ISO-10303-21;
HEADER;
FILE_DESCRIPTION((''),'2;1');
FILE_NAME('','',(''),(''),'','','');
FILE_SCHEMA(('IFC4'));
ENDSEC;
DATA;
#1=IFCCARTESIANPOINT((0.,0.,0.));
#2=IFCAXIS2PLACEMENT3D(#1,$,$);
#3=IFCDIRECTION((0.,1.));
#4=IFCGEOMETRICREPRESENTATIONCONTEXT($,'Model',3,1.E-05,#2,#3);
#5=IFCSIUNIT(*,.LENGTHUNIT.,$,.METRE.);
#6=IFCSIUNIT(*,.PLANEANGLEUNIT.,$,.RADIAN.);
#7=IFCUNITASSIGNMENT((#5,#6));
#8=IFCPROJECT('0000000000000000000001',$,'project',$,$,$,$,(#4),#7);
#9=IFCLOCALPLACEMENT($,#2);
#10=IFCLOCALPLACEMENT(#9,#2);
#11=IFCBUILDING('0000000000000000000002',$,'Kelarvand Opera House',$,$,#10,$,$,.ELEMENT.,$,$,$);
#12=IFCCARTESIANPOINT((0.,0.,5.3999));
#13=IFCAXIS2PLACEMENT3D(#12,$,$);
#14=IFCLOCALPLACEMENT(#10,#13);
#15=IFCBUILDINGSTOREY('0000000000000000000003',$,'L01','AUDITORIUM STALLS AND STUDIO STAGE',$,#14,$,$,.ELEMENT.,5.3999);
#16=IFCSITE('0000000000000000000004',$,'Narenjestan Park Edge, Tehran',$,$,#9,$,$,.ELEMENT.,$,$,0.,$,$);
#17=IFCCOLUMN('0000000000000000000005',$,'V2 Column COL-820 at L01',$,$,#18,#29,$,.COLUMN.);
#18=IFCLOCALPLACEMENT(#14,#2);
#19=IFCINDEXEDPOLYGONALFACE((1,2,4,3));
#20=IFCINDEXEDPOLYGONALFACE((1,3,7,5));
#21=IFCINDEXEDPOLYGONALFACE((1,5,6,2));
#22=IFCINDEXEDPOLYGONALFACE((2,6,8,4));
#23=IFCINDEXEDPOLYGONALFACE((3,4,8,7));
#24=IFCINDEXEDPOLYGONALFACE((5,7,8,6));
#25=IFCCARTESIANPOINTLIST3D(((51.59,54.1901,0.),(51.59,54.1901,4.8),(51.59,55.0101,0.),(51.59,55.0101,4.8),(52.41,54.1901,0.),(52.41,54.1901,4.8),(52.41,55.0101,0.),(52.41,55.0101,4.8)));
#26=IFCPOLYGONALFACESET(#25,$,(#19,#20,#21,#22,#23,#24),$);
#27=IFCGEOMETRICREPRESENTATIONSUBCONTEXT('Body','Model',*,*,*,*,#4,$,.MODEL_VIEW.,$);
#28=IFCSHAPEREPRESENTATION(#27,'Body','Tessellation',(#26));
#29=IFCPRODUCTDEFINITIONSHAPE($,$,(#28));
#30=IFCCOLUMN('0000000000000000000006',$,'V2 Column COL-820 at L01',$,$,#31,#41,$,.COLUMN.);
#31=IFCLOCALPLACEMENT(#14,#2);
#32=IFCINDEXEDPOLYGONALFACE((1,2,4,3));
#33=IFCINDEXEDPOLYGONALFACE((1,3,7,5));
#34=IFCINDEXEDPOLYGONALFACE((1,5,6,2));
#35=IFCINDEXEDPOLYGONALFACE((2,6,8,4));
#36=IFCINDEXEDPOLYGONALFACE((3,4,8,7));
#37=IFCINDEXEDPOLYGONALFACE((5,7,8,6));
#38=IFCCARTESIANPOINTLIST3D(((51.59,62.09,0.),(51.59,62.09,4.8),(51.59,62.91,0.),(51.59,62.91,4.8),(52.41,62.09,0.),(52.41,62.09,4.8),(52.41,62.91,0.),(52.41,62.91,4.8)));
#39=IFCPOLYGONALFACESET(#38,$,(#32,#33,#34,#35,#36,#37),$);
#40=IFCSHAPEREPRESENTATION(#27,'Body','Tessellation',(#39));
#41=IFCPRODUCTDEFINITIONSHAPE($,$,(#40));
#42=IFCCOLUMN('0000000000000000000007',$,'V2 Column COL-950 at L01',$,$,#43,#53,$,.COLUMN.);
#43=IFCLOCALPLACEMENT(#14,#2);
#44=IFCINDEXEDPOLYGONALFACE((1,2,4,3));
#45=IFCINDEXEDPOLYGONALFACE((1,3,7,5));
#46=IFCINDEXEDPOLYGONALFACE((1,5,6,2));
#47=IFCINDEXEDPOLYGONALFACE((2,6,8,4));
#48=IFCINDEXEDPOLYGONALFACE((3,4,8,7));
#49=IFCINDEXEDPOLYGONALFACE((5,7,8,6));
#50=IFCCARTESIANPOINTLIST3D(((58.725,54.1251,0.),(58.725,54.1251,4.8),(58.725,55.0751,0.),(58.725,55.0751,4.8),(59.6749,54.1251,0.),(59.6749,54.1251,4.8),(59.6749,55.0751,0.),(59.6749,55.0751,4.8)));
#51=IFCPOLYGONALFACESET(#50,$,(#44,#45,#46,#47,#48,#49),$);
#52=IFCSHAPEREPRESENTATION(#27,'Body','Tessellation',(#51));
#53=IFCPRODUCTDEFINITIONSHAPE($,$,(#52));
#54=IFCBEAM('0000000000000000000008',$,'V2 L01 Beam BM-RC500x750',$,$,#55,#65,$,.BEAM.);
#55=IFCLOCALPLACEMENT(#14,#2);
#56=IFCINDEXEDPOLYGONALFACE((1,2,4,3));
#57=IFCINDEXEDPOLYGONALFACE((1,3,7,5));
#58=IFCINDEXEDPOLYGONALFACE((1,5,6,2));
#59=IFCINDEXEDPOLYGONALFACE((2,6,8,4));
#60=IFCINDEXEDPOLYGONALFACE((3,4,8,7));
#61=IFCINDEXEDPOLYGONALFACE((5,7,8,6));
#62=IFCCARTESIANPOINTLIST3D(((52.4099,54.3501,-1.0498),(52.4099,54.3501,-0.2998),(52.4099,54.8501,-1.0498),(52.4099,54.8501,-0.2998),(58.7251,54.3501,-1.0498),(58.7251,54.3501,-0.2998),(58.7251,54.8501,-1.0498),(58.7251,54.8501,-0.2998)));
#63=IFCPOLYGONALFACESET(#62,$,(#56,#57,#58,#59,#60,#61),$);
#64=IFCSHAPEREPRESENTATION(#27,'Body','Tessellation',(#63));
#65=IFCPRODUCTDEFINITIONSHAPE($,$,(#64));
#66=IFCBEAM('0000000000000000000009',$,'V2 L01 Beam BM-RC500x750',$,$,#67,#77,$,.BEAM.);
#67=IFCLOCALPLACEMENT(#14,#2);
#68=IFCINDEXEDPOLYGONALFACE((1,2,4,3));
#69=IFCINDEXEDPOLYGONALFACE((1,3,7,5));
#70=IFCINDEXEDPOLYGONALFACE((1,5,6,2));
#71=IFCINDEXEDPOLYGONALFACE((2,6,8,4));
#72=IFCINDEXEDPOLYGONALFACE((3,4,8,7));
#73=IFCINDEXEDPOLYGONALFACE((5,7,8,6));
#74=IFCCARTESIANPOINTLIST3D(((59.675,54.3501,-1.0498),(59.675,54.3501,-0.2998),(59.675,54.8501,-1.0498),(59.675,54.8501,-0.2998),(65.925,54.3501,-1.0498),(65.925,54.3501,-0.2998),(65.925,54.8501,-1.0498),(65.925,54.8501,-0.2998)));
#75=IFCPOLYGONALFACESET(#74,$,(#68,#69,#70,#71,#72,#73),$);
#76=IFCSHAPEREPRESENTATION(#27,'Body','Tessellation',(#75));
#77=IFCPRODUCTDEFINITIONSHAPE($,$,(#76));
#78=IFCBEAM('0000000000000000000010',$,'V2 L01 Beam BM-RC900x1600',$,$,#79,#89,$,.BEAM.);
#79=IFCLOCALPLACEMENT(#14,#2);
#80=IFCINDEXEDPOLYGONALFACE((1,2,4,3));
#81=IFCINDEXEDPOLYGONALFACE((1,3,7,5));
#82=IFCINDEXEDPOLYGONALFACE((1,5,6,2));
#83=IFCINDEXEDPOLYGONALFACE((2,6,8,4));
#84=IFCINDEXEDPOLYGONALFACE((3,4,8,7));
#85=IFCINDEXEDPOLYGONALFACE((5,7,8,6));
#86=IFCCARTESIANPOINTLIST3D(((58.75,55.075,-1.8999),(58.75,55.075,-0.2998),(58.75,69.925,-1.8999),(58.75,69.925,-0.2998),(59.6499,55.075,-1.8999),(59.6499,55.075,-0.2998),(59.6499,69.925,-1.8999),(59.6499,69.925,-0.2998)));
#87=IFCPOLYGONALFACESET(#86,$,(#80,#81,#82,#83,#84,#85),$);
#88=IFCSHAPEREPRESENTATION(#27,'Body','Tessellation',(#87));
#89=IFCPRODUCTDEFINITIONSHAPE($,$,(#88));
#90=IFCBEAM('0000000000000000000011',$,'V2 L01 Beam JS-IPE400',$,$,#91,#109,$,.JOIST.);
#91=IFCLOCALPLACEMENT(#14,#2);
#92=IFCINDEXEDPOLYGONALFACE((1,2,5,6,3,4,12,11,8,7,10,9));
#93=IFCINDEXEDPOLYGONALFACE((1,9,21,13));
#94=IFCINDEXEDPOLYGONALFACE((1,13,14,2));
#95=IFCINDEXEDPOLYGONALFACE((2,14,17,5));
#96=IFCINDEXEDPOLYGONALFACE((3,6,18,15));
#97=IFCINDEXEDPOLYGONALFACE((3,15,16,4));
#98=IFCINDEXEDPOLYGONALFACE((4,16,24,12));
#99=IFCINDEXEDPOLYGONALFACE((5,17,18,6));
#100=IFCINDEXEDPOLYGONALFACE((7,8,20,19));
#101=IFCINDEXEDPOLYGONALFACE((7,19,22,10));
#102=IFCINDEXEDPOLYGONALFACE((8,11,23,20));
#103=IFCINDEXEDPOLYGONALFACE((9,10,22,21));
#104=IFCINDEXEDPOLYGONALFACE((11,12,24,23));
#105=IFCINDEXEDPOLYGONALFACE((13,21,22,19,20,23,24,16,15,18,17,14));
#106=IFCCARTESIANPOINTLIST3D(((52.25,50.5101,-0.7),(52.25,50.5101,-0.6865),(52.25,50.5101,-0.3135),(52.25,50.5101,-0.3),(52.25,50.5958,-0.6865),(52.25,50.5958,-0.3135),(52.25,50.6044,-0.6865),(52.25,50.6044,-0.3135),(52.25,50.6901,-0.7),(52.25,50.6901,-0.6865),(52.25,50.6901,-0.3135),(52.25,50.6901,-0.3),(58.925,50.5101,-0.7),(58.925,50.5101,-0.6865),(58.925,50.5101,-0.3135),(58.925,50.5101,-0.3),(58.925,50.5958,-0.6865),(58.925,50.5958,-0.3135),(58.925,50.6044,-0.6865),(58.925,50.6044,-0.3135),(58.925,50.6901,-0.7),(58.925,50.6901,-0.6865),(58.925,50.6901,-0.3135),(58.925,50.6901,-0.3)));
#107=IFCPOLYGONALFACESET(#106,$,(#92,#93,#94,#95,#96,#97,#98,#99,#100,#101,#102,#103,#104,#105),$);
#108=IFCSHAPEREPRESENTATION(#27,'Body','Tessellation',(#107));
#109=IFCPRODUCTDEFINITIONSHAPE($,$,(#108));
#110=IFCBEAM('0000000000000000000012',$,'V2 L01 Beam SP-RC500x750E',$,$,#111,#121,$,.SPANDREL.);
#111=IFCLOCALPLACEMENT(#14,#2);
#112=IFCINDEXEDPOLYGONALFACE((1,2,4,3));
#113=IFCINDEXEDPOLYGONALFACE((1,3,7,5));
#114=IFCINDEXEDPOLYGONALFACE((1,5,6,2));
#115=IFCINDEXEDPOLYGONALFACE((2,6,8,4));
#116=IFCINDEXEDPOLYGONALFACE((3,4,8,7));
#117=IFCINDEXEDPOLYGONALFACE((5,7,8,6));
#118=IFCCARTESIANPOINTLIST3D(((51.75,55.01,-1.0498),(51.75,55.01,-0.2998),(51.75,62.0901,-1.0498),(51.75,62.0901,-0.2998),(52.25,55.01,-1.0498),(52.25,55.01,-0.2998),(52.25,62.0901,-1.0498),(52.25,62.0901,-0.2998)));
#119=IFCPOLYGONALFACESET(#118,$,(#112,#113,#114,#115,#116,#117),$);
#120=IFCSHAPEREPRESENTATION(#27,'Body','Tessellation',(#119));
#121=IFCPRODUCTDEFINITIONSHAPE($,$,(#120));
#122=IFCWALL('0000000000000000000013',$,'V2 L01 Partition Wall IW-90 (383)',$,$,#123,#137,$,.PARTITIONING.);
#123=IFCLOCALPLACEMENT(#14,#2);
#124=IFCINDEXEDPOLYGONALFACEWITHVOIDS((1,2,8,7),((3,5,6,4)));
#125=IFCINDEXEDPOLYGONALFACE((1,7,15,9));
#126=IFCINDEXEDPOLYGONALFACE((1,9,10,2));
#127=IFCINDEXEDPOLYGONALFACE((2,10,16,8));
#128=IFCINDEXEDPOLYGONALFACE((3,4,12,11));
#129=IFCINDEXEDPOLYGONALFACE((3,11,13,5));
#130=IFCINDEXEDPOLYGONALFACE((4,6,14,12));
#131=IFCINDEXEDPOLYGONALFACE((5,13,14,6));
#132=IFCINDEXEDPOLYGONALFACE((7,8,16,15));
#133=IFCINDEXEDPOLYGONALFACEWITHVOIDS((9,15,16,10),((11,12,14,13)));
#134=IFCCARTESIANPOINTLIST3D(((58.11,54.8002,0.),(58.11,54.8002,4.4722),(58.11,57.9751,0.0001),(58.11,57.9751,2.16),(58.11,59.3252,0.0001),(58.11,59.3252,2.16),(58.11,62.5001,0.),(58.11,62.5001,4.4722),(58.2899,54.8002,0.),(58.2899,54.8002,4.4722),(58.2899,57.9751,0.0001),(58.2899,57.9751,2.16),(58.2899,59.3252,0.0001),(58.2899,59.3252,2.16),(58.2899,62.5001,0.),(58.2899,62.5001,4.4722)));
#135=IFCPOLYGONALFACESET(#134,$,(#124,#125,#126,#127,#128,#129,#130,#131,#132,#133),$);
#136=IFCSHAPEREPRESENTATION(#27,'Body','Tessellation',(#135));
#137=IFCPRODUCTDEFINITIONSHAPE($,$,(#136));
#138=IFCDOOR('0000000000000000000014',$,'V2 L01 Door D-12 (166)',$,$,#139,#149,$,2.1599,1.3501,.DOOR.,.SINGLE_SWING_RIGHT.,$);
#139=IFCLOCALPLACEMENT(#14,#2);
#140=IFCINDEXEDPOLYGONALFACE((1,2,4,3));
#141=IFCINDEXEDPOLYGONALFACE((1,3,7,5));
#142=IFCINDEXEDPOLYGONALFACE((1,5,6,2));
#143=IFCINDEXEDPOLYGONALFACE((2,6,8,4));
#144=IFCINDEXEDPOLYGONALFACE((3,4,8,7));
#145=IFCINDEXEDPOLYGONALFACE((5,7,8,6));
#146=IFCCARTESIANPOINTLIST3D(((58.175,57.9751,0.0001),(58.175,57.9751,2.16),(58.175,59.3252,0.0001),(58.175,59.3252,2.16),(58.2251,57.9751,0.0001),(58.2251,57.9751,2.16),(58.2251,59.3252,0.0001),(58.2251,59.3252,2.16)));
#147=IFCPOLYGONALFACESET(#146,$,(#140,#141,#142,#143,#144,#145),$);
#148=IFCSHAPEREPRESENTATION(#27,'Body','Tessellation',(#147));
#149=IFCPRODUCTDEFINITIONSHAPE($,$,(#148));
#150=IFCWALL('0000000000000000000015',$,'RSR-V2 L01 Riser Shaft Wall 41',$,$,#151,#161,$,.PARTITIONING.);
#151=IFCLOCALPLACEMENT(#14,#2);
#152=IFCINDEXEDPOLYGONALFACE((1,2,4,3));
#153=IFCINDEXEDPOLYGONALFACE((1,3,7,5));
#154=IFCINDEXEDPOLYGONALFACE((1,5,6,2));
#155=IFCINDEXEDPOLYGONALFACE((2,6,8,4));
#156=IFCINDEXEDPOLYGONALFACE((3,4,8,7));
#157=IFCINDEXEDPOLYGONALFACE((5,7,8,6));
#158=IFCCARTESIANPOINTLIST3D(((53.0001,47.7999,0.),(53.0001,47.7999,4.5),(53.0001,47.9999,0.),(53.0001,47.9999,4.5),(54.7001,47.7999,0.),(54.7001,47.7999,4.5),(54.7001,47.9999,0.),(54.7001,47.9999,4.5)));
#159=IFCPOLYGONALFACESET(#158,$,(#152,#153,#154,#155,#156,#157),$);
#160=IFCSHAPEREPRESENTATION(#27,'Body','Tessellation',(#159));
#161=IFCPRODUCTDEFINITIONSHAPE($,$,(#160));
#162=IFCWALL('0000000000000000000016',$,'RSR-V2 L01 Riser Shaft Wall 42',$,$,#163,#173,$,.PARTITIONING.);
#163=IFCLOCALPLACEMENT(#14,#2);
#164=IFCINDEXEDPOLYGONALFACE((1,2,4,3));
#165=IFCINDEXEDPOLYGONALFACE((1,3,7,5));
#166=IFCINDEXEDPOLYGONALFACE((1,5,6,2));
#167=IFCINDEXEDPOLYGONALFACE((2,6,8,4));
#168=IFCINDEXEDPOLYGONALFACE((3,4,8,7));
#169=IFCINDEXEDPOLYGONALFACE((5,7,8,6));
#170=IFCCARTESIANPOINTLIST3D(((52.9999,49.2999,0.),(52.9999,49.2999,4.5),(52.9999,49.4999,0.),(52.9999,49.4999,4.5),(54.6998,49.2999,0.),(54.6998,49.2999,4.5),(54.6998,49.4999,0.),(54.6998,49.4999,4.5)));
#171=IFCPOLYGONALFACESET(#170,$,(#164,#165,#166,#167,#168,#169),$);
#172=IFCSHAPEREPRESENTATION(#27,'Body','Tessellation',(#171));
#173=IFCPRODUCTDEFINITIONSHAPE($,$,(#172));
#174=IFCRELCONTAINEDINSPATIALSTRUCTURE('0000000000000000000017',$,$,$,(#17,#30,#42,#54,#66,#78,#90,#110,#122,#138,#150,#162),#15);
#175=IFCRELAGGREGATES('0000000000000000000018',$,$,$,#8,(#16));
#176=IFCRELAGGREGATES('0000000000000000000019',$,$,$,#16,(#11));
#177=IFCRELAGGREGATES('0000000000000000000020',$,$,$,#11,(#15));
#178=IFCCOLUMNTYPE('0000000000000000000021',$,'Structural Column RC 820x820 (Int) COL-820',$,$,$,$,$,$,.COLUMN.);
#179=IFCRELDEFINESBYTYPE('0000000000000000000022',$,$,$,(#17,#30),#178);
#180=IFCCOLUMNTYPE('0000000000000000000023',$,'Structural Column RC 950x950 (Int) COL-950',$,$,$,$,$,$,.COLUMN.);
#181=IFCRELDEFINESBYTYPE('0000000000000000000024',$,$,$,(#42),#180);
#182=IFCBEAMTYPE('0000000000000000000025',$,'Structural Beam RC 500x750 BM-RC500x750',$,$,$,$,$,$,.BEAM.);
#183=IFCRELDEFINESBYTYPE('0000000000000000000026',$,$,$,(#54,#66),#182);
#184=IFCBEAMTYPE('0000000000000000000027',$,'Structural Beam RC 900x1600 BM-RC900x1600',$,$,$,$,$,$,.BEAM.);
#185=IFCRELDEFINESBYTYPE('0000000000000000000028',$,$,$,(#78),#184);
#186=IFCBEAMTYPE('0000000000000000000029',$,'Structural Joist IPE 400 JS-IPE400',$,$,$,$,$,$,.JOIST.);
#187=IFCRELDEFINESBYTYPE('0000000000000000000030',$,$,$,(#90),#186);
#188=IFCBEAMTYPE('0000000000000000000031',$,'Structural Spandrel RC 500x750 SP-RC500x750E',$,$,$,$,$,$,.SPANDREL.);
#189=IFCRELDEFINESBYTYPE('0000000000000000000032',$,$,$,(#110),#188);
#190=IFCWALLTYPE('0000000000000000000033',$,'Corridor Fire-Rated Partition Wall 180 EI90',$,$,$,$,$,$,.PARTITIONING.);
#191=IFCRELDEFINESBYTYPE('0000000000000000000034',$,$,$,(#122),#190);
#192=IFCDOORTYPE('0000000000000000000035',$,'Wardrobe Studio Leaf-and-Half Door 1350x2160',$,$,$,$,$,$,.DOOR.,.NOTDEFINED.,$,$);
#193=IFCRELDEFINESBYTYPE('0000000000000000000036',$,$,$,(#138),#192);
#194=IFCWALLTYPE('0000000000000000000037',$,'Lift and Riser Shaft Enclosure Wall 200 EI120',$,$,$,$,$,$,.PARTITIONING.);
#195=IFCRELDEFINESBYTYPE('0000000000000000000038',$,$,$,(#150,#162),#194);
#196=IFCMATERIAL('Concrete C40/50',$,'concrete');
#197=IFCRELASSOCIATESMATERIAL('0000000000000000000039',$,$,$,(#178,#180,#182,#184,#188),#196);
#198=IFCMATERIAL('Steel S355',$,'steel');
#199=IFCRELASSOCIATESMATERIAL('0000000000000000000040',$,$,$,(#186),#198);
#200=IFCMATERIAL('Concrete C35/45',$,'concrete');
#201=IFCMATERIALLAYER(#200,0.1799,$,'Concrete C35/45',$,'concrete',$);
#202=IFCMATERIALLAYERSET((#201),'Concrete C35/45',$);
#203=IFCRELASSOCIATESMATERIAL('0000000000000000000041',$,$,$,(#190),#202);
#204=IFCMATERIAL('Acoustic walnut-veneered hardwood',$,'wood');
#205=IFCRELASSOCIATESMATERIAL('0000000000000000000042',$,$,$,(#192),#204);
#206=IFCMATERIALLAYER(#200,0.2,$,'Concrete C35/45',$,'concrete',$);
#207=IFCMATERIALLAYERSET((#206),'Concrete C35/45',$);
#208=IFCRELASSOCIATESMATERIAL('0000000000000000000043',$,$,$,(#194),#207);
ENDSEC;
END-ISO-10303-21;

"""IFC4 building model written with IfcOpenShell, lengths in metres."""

from ifc_helpers import new_model, si_unit, direction, frame, frame_2d, origin, origin_2d, place, context, subcontext, project, spatial, rectangle, i_section, extrude, material, layer, layer_set, material_profile, profile_set, type_object, element, fill, save


model = new_model("IFC4")

# Units and contexts
model_context = context("Model", 3, precision=1e-05, world=origin(), true_north=direction((0.0, 1.0)))
body_context = subcontext(model_context, "Body", "Model", "MODEL_VIEW")
ifc_project = project(units=[si_unit("LENGTHUNIT", "METRE"), si_unit("PLANEANGLEUNIT", "RADIAN")], contexts=[model_context])

# Site, building, storey
site_placement = place(None, origin())
site = spatial("IfcSite", under=ifc_project, at=site_placement, Name="Narenjestan Park Edge, Tehran", CompositionType="ELEMENT", RefElevation=0.0)
building_placement = place(site_placement, origin())
building = spatial("IfcBuilding", under=site, at=building_placement, Name="Kelarvand Opera House", CompositionType="ELEMENT")
storey_placement = place(building_placement, frame((0.0, 0.0, 5.3999)))
storey = spatial("IfcBuildingStorey", under=building, at=storey_placement, Name="L01", Description="AUDITORIUM STALLS AND STUDIO STAGE", CompositionType="ELEMENT", Elevation=5.3999)

# Columns
ifc_material_1 = material(Name="Concrete C40/50", Category="concrete")
ifc_material_profile_1 = material_profile(ifc_material_1, rectangle(XDim=0.8201, YDim=0.8201, at=origin_2d()), Name="RC 820x820", Category="concrete")
ifc_profile_set_1 = profile_set([ifc_material_profile_1], Name="Concrete C40/50")
column_type_1 = type_object("IfcColumnType", Name="Structural Column RC 820x820 (Int) COL-820", PredefinedType="COLUMN", material=ifc_profile_set_1)
for number, where, z_axis, x_axis, name in (
    (1, (52.0, 54.6001, 0.0), (0.0, 0.0, 1.0), (1.0, 0.0, 0.0), "V2 Column COL-820 at L01"),
    (2, (52.0, 62.5, 0.0), (0.0, 0.0, 1.0), (1.0, 0.0, 0.0), "V2 Column COL-820 at L01"),
):
    element("IfcColumn", number, at=place(storey_placement, frame(where, z_axis=z_axis, x_axis=x_axis)), inside=storey, type_object=column_type_1, Name=name, PredefinedType="COLUMN", context=body_context, shape_type="SweptSolid", body=[
        extrude(rectangle(XDim=0.8201, YDim=0.8201, at=origin_2d()), origin(), (0.0, 0.0, 1.0), 4.8),
    ])
ifc_material_profile_2 = material_profile(ifc_material_1, rectangle(XDim=0.95, YDim=0.95, at=origin_2d()), Name="RC 950x950", Category="concrete")
ifc_profile_set_2 = profile_set([ifc_material_profile_2], Name="Concrete C40/50")
column_type_2 = type_object("IfcColumnType", Name="Structural Column RC 950x950 (Int) COL-950", PredefinedType="COLUMN", material=ifc_profile_set_2)
column_placement = place(storey_placement, frame((59.2, 54.6001, 0.0), z_axis=(0.0, 0.0, 1.0), x_axis=(1.0, 0.0, 0.0)))
element("IfcColumn", 3, at=column_placement, inside=storey, type_object=column_type_2, Name="V2 Column COL-950 at L01", PredefinedType="COLUMN", context=body_context, shape_type="SweptSolid", body=[
    extrude(rectangle(XDim=0.95, YDim=0.95, at=origin_2d()), origin(), (0.0, 0.0, 1.0), 4.8),
])

# Beams
ifc_material_profile_3 = material_profile(ifc_material_1, rectangle(XDim=0.5, YDim=0.75, at=origin_2d()), Name="RC 500x750", Category="concrete")
ifc_profile_set_3 = profile_set([ifc_material_profile_3], Name="Concrete C40/50")
beam_type_1 = type_object("IfcBeamType", Name="Structural Beam RC 500x750 BM-RC500x750", PredefinedType="BEAM", material=ifc_profile_set_3)
beam_1_placement = place(storey_placement, frame((52.4099, 54.6001, -0.6748), z_axis=(1.0, 0.0, 0.0), x_axis=(0.0, 1.0, 0.0)))
element("IfcBeam", 4, at=beam_1_placement, inside=storey, type_object=beam_type_1, Name="V2 L01 Beam BM-RC500x750", PredefinedType="BEAM", context=body_context, shape_type="SweptSolid", body=[
    extrude(rectangle(XDim=0.5, YDim=0.75, at=origin_2d()), origin(), (0.0, 0.0, 1.0), 6.3152),
])
beam_2_placement = place(storey_placement, frame((59.675, 54.6001, -0.6748), z_axis=(1.0, 0.0, 0.0), x_axis=(0.0, 1.0, 0.0)))
element("IfcBeam", 5, at=beam_2_placement, inside=storey, type_object=beam_type_1, Name="V2 L01 Beam BM-RC500x750", PredefinedType="BEAM", context=body_context, shape_type="SweptSolid", body=[
    extrude(rectangle(XDim=0.5, YDim=0.75, at=origin_2d()), origin(), (0.0, 0.0, 1.0), 6.25),
])
ifc_material_profile_4 = material_profile(ifc_material_1, rectangle(XDim=0.8999, YDim=1.6001, at=origin_2d()), Name="RC 900x1600", Category="concrete")
ifc_profile_set_4 = profile_set([ifc_material_profile_4], Name="Concrete C40/50")
beam_type_2 = type_object("IfcBeamType", Name="Structural Beam RC 900x1600 BM-RC900x1600", PredefinedType="BEAM", material=ifc_profile_set_4)
beam_3_placement = place(storey_placement, frame((59.2, 55.075, -1.0999), z_axis=(0.0, 1.0, 0.0), x_axis=(-1.0, 0.0, 0.0)))
element("IfcBeam", 6, at=beam_3_placement, inside=storey, type_object=beam_type_2, Name="V2 L01 Beam BM-RC900x1600", PredefinedType="BEAM", context=body_context, shape_type="SweptSolid", body=[
    extrude(rectangle(XDim=0.8999, YDim=1.6001, at=origin_2d()), origin(), (0.0, 0.0, 1.0), 14.8501),
])
ifc_material_2 = material(Name="Steel S355", Category="steel")
ifc_material_profile_5 = material_profile(ifc_material_2, i_section(OverallWidth=0.1799, OverallDepth=0.3999, WebThickness=0.0085, FlangeThickness=0.0134, at=origin_2d()), Name="IPE 400", Category="steel")
ifc_profile_set_5 = profile_set([ifc_material_profile_5], Name="Steel S355")
beam_type_3 = type_object("IfcBeamType", Name="Structural Joist IPE 400 JS-IPE400", PredefinedType="JOIST", material=ifc_profile_set_5)
beam_4_placement = place(storey_placement, frame((52.25, 50.6001, -0.5), z_axis=(1.0, 0.0, 0.0), x_axis=(0.0, 1.0, 0.0)))
element("IfcBeam", 7, at=beam_4_placement, inside=storey, type_object=beam_type_3, Name="V2 L01 Beam JS-IPE400", PredefinedType="JOIST", context=body_context, shape_type="SweptSolid", body=[
    extrude(i_section(OverallWidth=0.1799, OverallDepth=0.3999, WebThickness=0.0085, FlangeThickness=0.0134, at=origin_2d()), origin(), (0.0, 0.0, 1.0), 6.675),
])
ifc_material_profile_6 = material_profile(ifc_material_1, rectangle(XDim=0.5, YDim=0.75, at=origin_2d()), Name="RC 500x750", Category="concrete")
ifc_profile_set_6 = profile_set([ifc_material_profile_6], Name="Concrete C40/50")
beam_type_4 = type_object("IfcBeamType", Name="Structural Spandrel RC 500x750 SP-RC500x750E", PredefinedType="SPANDREL", material=ifc_profile_set_6)
beam_5_placement = place(storey_placement, frame((52.0, 55.01, -0.6748), z_axis=(0.0, 1.0, 0.0), x_axis=(-1.0, 0.0, 0.0)))
element("IfcBeam", 8, at=beam_5_placement, inside=storey, type_object=beam_type_4, Name="V2 L01 Beam SP-RC500x750E", PredefinedType="SPANDREL", context=body_context, shape_type="SweptSolid", body=[
    extrude(rectangle(XDim=0.5, YDim=0.75, at=origin_2d()), origin(), (0.0, 0.0, 1.0), 7.0801),
])

# Wall, opening, door
ifc_material_3 = material(Name="Concrete C35/45", Category="concrete")
ifc_layer_1 = layer(ifc_material_3, 0.1799, Name="Concrete C35/45", Category="concrete")
ifc_layer_set_1 = layer_set([ifc_layer_1], Name="Concrete C35/45")
wall_type_1 = type_object("IfcWallType", Name="Corridor Fire-Rated Partition Wall 180 EI90", PredefinedType="PARTITIONING", material=ifc_layer_set_1)
wall_1_placement = place(storey_placement, frame((58.2, 54.8, 0.0), z_axis=(0.0, 0.0, 1.0), x_axis=(0.0, 1.0, 0.0)))
wall_1 = element("IfcWall", 9, at=wall_1_placement, inside=storey, type_object=wall_type_1, Name="V2 L01 Partition Wall IW-90 (383)", PredefinedType="PARTITIONING", context=body_context, shape_type="SweptSolid", body=[
    extrude(rectangle(XDim=7.7, YDim=0.1799, at=frame_2d((3.8501, 0.0))), origin(), (0.0, 0.0, 1.0), 4.4722),
])
opening_1_placement = place(wall_1_placement, frame((3.175, 0.0, 0.0)))
opening_1 = element("IfcOpeningElement", 10, at=opening_1_placement, cuts=wall_1, PredefinedType="OPENING", context=body_context, shape_type="SweptSolid", body=[
    extrude(rectangle(XDim=1.3501, YDim=2.1599, at=frame_2d((0.675, 1.0801))), frame((0.0, 0.1001, 0.0), z_axis=(0.0, -1.0, 0.0), x_axis=(1.0, 0.0, 0.0)), (0.0, 0.0, 1.0), 0.2),
])
ifc_material_4 = material(Name="Acoustic walnut-veneered hardwood", Category="wood")
door_type = type_object("IfcDoorType", Name="Wardrobe Studio Leaf-and-Half Door 1350x2160", OperationType="NOTDEFINED", PredefinedType="DOOR", material=ifc_material_4)
door_placement = place(opening_1_placement, origin())
door = element("IfcDoor", 11, at=door_placement, inside=storey, type_object=door_type, Name="V2 L01 Door D-12 (166)", OperationType="SINGLE_SWING_RIGHT", OverallHeight=2.1599, OverallWidth=1.3501, PredefinedType="DOOR", context=body_context, shape_type="SweptSolid", body=[
    extrude(rectangle(XDim=1.3501, YDim=2.1599, at=frame_2d((0.675, 1.0801))), frame((0.0, 0.0249, 0.0), z_axis=(0.0, -1.0, 0.0), x_axis=(1.0, 0.0, 0.0)), (0.0, 0.0, 1.0), 0.05),
])
fill(opening_1, door)

# Walls
ifc_layer_2 = layer(ifc_material_3, 0.2, Name="Concrete C35/45", Category="concrete")
ifc_layer_set_2 = layer_set([ifc_layer_2], Name="Concrete C35/45")
wall_type_2 = type_object("IfcWallType", Name="Lift and Riser Shaft Enclosure Wall 200 EI120", PredefinedType="PARTITIONING", material=ifc_layer_set_2)
for number, where, z_axis, x_axis, name in (
    (12, (53.0, 47.8999, 0.0), (0.0, 0.0, 1.0), (1.0, 0.0, 0.0), "RSR-V2 L01 Riser Shaft Wall 41"),
    (13, (54.7, 49.3999, 0.0), (0.0, 0.0, 1.0), (-1.0, 0.0, 0.0), "RSR-V2 L01 Riser Shaft Wall 42"),
):
    element("IfcWall", number, at=place(storey_placement, frame(where, z_axis=z_axis, x_axis=x_axis)), inside=storey, type_object=wall_type_2, Name=name, PredefinedType="PARTITIONING", context=body_context, shape_type="SweptSolid", body=[
        extrude(rectangle(XDim=1.7, YDim=0.2, at=frame_2d((0.8501, 0.0))), origin(), (0.0, 0.0, 1.0), 4.5),
    ])

save(model, "model.ifc")
